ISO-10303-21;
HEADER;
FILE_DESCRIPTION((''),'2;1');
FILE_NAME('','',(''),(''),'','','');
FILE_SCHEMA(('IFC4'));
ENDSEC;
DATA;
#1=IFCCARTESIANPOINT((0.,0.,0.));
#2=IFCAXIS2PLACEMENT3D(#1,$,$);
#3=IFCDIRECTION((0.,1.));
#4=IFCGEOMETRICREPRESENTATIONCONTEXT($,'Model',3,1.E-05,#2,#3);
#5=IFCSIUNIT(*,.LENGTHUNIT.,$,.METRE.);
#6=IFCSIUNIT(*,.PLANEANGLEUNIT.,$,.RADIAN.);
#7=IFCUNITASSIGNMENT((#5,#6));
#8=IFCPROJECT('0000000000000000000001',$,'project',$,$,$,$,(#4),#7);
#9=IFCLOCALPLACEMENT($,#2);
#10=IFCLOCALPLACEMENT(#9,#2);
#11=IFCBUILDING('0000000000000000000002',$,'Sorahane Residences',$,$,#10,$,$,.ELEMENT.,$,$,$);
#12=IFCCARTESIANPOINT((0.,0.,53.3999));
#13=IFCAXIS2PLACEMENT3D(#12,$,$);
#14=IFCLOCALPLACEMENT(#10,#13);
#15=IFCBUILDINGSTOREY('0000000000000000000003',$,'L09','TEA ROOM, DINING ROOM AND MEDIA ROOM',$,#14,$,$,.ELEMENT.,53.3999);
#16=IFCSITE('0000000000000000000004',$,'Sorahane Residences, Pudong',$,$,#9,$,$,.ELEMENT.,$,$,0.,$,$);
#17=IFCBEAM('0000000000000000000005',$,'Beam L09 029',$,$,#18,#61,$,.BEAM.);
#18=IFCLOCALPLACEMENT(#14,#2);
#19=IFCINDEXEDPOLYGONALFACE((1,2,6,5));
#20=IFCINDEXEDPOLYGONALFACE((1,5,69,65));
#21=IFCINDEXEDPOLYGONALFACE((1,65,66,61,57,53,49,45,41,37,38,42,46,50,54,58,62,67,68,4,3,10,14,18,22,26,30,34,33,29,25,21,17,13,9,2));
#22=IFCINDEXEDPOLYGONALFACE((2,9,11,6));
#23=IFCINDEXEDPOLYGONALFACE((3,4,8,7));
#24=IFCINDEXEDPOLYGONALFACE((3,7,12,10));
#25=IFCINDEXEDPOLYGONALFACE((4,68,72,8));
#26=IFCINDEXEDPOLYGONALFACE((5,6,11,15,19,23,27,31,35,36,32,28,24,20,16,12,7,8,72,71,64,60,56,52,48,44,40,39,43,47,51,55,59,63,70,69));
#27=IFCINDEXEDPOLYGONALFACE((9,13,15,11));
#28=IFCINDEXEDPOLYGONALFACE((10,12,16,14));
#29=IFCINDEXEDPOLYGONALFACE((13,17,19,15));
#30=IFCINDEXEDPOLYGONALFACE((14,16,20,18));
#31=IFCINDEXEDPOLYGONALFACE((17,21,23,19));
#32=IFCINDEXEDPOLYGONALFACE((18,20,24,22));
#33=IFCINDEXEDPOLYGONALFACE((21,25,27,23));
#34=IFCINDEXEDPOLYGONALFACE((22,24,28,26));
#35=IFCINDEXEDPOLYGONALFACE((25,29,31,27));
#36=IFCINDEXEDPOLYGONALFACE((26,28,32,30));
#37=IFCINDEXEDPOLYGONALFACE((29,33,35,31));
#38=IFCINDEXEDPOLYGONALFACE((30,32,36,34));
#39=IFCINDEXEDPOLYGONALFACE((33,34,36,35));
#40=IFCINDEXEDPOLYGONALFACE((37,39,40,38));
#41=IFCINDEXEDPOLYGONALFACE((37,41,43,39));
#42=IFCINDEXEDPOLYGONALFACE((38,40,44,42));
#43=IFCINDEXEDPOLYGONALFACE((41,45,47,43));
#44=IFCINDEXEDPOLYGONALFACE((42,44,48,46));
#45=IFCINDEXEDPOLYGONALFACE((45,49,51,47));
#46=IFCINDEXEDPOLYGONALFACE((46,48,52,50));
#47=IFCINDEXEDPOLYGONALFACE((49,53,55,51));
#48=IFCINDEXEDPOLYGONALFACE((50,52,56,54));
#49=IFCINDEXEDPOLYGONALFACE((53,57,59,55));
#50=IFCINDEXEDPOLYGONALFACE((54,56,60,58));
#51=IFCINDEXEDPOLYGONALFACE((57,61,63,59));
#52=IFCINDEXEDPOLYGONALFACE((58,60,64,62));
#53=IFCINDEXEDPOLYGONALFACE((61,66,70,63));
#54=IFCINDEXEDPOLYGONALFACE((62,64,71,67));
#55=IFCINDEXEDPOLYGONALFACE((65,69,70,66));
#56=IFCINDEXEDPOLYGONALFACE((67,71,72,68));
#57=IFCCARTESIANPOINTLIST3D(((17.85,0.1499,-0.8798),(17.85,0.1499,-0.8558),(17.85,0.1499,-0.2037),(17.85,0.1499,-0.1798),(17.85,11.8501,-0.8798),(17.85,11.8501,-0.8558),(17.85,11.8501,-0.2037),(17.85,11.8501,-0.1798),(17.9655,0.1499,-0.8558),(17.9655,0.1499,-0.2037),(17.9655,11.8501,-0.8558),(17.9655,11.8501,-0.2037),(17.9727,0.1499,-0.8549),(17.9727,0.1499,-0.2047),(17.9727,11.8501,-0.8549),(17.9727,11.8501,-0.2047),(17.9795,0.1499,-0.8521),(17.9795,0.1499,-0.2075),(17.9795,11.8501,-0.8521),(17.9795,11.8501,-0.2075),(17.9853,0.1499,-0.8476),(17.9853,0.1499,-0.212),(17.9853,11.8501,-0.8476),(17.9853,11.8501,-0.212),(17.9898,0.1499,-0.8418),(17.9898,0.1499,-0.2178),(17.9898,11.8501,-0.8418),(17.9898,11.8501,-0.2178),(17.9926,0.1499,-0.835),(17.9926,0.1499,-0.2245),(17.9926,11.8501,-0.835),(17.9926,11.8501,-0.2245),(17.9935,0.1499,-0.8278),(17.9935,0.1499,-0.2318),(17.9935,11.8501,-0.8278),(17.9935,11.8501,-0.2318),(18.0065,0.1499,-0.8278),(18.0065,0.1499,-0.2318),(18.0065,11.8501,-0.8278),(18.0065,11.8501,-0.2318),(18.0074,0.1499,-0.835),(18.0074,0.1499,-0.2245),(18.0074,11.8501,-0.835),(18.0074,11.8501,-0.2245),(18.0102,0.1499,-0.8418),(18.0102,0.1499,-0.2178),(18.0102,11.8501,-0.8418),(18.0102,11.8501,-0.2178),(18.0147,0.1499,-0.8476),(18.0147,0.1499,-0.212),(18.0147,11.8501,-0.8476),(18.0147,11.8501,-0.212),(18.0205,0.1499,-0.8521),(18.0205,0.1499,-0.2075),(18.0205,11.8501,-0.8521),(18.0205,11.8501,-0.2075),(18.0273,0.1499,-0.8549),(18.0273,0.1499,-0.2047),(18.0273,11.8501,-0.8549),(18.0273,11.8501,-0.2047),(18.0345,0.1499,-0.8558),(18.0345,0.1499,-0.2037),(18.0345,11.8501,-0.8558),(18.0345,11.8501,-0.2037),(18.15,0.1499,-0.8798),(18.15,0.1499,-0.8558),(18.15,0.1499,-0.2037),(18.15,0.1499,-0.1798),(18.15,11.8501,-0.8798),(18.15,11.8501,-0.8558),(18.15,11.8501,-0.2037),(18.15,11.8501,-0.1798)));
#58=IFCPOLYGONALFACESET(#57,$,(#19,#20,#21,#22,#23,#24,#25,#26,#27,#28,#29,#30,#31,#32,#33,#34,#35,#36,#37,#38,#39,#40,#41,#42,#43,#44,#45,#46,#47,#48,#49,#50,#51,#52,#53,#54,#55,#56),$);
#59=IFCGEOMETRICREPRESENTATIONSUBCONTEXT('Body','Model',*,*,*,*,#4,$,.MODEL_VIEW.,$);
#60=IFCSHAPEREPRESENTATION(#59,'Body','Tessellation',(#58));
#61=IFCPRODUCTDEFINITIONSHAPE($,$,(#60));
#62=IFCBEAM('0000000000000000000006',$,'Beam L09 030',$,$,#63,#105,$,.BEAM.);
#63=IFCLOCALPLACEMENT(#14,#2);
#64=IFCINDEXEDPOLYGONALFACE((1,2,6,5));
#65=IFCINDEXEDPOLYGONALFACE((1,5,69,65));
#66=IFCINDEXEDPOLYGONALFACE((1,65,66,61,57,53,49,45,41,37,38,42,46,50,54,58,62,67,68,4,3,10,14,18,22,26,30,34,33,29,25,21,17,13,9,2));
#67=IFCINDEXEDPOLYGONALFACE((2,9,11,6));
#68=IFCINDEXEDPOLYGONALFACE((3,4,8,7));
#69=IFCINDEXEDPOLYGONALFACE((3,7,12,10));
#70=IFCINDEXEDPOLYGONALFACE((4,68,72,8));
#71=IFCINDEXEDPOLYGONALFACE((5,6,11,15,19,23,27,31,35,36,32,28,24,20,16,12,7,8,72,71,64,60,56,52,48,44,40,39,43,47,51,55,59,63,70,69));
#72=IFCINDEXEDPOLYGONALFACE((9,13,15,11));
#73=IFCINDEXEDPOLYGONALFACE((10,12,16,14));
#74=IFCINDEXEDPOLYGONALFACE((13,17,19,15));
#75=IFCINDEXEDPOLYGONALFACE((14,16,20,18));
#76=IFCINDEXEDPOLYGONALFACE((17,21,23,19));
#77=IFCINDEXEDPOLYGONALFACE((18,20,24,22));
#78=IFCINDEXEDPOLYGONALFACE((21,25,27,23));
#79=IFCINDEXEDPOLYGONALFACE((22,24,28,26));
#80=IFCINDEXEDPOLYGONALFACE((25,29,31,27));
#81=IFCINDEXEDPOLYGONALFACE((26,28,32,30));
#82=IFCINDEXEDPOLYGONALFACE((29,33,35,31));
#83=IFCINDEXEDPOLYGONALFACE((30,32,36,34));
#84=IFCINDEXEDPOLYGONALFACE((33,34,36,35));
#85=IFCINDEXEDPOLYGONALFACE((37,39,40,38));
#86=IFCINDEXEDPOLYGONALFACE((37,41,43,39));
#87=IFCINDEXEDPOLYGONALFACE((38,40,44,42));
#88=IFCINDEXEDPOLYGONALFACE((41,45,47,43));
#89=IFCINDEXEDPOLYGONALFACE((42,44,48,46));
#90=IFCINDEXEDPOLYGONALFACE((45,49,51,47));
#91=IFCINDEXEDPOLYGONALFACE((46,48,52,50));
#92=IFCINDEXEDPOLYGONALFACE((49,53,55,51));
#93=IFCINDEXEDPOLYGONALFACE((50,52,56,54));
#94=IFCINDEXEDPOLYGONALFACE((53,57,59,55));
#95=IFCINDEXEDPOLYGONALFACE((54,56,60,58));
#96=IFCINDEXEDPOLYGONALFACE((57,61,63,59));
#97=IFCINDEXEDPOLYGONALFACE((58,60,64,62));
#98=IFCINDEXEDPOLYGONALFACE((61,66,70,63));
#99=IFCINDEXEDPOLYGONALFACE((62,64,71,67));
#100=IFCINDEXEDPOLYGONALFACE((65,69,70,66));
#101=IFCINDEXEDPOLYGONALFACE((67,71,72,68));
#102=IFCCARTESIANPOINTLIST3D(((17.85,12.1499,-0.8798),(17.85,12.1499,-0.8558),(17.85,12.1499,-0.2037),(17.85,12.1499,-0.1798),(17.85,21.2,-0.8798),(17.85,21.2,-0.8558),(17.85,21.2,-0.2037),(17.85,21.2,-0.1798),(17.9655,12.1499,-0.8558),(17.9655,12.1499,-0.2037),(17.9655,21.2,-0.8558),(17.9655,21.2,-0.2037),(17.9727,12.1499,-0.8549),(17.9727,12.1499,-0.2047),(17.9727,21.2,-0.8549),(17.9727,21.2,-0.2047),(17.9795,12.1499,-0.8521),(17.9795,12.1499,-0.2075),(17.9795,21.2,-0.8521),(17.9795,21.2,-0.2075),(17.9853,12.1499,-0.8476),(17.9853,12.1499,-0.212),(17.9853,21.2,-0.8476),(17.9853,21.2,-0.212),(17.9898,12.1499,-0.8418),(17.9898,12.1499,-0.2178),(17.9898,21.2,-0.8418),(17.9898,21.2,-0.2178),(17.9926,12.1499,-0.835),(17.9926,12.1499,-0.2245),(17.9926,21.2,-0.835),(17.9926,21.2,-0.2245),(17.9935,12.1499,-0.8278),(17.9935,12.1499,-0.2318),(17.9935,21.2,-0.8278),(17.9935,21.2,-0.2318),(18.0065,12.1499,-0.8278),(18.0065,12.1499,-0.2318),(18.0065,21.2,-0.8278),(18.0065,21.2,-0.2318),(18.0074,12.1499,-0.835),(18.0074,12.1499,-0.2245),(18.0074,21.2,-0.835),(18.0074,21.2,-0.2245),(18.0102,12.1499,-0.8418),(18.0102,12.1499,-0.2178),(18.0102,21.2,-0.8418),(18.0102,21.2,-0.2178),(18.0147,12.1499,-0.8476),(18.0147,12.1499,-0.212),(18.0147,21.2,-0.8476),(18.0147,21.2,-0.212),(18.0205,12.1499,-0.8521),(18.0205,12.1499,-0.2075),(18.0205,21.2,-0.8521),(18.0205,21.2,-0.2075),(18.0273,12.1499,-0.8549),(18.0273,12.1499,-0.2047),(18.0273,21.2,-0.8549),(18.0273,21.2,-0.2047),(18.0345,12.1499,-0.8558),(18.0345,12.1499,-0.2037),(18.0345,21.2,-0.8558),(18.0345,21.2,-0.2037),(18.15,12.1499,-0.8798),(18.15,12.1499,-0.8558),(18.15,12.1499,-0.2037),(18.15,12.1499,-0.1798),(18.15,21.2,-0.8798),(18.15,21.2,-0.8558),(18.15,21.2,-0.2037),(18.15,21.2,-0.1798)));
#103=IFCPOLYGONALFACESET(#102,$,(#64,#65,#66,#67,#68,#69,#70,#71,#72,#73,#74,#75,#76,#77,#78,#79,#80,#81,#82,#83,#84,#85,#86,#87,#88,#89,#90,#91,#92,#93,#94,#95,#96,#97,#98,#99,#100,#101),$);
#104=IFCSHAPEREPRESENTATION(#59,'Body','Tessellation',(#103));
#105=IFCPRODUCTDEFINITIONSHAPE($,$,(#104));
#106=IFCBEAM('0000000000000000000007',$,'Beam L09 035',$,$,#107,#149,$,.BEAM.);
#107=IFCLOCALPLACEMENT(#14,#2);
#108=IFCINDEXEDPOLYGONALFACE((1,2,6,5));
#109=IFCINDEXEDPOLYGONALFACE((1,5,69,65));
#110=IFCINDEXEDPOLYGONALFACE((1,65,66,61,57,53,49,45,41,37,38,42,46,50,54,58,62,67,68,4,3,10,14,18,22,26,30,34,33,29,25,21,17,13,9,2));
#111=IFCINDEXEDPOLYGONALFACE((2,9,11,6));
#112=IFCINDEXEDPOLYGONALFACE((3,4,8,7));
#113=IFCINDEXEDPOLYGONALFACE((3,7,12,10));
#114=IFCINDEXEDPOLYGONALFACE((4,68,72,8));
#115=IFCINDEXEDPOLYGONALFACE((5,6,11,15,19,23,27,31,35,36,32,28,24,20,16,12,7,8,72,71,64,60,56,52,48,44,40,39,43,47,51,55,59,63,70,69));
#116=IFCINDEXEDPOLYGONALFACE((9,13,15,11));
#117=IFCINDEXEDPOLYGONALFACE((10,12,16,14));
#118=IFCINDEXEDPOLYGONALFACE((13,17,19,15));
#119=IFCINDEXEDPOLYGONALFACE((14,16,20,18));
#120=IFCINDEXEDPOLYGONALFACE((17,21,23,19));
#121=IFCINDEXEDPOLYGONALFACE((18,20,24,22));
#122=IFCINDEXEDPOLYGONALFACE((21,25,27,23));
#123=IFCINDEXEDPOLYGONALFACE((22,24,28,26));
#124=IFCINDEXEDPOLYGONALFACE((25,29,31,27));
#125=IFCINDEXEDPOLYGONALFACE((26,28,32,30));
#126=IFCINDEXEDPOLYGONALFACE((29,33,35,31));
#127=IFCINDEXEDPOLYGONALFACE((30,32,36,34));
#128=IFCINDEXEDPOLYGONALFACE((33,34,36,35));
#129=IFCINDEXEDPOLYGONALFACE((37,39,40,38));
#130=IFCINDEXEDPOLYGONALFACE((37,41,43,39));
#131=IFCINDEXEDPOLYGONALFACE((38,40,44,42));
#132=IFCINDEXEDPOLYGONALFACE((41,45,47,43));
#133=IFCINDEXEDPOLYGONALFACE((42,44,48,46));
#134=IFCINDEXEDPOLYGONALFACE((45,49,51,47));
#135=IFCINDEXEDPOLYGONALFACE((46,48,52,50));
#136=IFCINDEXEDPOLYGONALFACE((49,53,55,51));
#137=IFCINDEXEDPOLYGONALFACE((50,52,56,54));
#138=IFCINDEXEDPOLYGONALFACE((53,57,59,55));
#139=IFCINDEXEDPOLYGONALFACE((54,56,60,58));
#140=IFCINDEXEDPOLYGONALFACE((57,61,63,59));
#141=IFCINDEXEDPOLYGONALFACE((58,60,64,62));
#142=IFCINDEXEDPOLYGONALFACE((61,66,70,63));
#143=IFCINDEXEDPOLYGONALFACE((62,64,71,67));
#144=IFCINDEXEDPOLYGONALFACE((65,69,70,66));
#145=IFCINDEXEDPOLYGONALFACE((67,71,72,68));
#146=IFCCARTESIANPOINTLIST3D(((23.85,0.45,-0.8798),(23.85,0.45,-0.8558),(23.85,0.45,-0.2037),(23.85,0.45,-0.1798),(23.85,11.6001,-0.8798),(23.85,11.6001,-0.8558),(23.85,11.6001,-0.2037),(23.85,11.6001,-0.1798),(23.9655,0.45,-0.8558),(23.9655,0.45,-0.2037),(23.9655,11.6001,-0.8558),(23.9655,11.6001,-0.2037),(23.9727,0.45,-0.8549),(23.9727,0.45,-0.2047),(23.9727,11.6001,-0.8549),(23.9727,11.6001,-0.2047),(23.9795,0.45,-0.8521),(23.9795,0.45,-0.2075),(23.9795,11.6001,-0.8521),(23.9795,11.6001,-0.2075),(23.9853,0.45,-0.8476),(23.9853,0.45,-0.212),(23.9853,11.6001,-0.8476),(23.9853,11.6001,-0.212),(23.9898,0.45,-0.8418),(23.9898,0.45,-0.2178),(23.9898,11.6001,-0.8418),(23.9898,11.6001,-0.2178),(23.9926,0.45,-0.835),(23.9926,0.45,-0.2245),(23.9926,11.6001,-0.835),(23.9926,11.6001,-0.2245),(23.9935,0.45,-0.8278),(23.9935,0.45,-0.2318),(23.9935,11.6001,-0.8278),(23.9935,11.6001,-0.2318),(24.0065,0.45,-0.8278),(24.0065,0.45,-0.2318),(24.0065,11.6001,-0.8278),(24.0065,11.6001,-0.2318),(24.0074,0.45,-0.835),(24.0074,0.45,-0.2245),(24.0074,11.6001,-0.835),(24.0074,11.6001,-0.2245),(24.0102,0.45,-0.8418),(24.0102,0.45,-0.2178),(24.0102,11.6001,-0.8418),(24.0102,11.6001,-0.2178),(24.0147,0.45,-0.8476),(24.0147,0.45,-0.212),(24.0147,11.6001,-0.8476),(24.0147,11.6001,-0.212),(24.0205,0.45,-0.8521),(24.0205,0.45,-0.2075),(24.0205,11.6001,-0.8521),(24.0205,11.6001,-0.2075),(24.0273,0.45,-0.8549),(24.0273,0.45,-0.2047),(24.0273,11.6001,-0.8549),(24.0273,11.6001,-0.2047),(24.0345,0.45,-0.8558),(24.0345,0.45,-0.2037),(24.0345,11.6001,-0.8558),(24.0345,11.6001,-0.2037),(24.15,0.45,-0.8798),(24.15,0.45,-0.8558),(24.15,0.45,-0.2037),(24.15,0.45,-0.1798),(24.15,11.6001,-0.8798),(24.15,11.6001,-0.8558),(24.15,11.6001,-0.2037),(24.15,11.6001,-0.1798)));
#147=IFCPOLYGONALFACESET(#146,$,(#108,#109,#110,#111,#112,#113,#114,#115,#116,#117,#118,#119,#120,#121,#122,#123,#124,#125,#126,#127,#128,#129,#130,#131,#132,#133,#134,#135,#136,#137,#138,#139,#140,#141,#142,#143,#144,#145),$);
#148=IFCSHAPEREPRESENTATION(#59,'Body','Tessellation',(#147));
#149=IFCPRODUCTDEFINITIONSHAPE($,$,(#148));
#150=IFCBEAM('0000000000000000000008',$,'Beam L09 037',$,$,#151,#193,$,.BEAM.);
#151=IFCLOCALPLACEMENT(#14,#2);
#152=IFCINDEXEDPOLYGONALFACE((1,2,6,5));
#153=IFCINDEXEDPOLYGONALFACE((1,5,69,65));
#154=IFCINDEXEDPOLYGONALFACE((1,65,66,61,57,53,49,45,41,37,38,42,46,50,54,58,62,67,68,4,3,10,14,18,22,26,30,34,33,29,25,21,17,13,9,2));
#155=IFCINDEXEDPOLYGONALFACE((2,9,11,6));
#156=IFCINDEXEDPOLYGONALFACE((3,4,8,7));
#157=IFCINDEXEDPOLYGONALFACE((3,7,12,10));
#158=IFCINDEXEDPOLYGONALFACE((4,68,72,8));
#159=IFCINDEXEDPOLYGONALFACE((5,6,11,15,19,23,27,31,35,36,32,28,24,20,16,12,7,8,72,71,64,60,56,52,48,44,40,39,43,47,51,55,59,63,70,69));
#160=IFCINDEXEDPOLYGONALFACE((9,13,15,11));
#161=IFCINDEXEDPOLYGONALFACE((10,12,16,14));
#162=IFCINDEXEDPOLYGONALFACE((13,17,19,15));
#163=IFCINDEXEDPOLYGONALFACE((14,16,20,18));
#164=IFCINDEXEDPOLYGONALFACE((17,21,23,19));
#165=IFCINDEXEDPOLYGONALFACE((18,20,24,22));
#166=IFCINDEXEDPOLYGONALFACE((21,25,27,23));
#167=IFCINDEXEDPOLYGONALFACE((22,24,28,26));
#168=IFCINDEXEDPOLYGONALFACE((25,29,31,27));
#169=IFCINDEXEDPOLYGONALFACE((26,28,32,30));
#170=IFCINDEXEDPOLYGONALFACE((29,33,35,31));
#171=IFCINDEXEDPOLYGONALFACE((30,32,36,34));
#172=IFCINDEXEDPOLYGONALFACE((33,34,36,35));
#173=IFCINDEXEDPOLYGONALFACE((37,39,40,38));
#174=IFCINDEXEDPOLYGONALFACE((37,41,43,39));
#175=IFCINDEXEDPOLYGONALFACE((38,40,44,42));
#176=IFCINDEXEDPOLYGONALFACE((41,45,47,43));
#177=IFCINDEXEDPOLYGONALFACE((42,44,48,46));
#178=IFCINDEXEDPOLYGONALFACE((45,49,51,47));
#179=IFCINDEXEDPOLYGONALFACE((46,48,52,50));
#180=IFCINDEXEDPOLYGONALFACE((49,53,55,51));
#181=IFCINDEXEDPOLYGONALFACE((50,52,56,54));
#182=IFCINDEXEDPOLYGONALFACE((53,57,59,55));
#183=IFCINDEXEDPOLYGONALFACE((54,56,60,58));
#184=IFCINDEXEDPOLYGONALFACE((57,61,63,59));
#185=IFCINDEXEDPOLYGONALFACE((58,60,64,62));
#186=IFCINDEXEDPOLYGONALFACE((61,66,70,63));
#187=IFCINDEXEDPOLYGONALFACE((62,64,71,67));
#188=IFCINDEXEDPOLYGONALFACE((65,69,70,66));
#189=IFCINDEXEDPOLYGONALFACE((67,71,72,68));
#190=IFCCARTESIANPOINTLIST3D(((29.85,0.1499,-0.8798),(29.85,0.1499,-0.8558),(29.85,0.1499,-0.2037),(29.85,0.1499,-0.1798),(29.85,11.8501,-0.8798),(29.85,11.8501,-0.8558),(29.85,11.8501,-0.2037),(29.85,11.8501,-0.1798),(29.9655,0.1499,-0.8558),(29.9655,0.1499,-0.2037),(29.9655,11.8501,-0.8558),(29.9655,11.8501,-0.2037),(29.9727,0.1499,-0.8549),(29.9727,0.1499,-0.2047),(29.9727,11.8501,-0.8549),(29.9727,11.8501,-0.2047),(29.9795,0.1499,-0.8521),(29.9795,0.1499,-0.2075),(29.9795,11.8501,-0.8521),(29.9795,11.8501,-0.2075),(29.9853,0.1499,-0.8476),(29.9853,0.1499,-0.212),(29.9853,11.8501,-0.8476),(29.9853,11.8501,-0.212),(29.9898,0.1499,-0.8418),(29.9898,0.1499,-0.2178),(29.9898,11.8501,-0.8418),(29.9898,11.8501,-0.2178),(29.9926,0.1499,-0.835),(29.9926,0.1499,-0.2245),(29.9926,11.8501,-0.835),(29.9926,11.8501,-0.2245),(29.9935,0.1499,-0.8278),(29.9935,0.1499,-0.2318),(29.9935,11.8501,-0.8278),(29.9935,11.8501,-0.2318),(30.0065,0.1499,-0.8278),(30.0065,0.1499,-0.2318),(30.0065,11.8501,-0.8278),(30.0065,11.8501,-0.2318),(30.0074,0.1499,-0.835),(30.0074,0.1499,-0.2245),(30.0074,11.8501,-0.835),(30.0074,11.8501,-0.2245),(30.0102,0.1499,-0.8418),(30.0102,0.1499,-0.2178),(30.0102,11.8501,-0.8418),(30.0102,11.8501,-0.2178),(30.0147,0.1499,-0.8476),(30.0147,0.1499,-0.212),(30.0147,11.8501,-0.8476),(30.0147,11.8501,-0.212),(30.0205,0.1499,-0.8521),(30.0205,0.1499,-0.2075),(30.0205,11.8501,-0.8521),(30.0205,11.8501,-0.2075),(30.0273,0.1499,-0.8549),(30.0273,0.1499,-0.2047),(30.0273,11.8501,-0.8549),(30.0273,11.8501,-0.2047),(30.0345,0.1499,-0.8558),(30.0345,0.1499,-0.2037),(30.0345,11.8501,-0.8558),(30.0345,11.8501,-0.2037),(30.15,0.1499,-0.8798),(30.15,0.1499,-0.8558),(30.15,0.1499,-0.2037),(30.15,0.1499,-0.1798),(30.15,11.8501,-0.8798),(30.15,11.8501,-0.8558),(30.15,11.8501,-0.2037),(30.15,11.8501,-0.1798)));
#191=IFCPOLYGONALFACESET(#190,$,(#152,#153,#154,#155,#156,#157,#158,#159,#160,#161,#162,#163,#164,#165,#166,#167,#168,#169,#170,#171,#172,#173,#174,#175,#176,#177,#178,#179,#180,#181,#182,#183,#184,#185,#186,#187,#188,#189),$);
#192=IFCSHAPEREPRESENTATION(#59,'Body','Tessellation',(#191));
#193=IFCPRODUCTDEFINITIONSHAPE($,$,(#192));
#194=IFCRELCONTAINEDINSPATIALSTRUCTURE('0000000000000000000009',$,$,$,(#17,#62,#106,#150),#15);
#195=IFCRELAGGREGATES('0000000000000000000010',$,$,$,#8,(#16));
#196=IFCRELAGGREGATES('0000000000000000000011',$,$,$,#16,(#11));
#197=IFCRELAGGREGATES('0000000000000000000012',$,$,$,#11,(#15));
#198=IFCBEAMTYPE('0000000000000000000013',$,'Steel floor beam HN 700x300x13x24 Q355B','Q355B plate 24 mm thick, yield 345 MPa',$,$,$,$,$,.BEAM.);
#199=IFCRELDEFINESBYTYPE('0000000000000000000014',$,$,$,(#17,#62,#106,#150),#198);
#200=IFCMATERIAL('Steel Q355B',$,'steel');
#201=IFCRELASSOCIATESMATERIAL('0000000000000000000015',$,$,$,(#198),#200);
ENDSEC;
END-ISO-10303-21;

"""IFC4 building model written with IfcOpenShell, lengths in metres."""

from ifc_helpers import new_model, si_unit, direction, frame, origin, origin_2d, place, context, subcontext, project, spatial, i_section, extrude, material, material_profile, profile_set, type_object, element, save


model = new_model("IFC4")

# Units and contexts
model_context = context("Model", 3, precision=1e-05, world=origin(), true_north=direction((0.0, 1.0)))
body_context = subcontext(model_context, "Body", "Model", "MODEL_VIEW")
ifc_project = project(units=[si_unit("LENGTHUNIT", "METRE"), si_unit("PLANEANGLEUNIT", "RADIAN")], contexts=[model_context])

# Site, building, storey
site_placement = place(None, origin())
site = spatial("IfcSite", under=ifc_project, at=site_placement, Name="Sorahane Residences, Pudong", CompositionType="ELEMENT", RefElevation=0.0)
building_placement = place(site_placement, origin())
building = spatial("IfcBuilding", under=site, at=building_placement, Name="Sorahane Residences", CompositionType="ELEMENT")
storey_placement = place(building_placement, frame((0.0, 0.0, 53.3999)))
storey = spatial("IfcBuildingStorey", under=building, at=storey_placement, Name="L09", Description="TEA ROOM, DINING ROOM AND MEDIA ROOM", CompositionType="ELEMENT", Elevation=53.3999)

# Beams
ifc_material_1 = material(Name="Steel Q355B", Category="steel")
ifc_material_profile_1 = material_profile(ifc_material_1, i_section(OverallWidth=0.3, OverallDepth=0.7, WebThickness=0.0129, FlangeThickness=0.0239, FilletRadius=0.0281, at=origin_2d()), Name="HN 700x300x13x24")
ifc_profile_set_1 = profile_set([ifc_material_profile_1], Name="Steel Q355B")
beam_type_1 = type_object("IfcBeamType", Name="Steel floor beam HN 700x300x13x24 Q355B", Description="Q355B plate 24 mm thick, yield 345 MPa", PredefinedType="BEAM", material=ifc_profile_set_1)
beam_1_placement = place(storey_placement, frame((18.0, 0.1499, -0.5298), z_axis=(0.0, 1.0, 0.0), x_axis=(-1.0, 0.0, 0.0)))
element("IfcBeam", 1, at=beam_1_placement, inside=storey, type_object=beam_type_1, Name="Beam L09 029", PredefinedType="BEAM", context=body_context, shape_type="SweptSolid", body=[
    extrude(i_section(OverallWidth=0.3, OverallDepth=0.7, WebThickness=0.0129, FlangeThickness=0.0239, FilletRadius=0.0281, at=origin_2d()), origin(), (0.0, 0.0, 1.0), 11.7002),
])
beam_2_placement = place(storey_placement, frame((18.0, 12.1499, -0.5298), z_axis=(0.0, 1.0, 0.0), x_axis=(-1.0, 0.0, 0.0)))
element("IfcBeam", 2, at=beam_2_placement, inside=storey, type_object=beam_type_1, Name="Beam L09 030", PredefinedType="BEAM", context=body_context, shape_type="SweptSolid", body=[
    extrude(i_section(OverallWidth=0.3, OverallDepth=0.7, WebThickness=0.0129, FlangeThickness=0.0239, FilletRadius=0.0281, at=origin_2d()), origin(), (0.0, 0.0, 1.0), 9.05),
])
beam_3_placement = place(storey_placement, frame((24.0, 0.45, -0.5298), z_axis=(0.0, 1.0, 0.0), x_axis=(-1.0, 0.0, 0.0)))
element("IfcBeam", 3, at=beam_3_placement, inside=storey, type_object=beam_type_1, Name="Beam L09 035", PredefinedType="BEAM", context=body_context, shape_type="SweptSolid", body=[
    extrude(i_section(OverallWidth=0.3, OverallDepth=0.7, WebThickness=0.0129, FlangeThickness=0.0239, FilletRadius=0.0281, at=origin_2d()), origin(), (0.0, 0.0, 1.0), 11.1501),
])
beam_4_placement = place(storey_placement, frame((30.0, 0.1499, -0.5298), z_axis=(0.0, 1.0, 0.0), x_axis=(-1.0, 0.0, 0.0)))
element("IfcBeam", 4, at=beam_4_placement, inside=storey, type_object=beam_type_1, Name="Beam L09 037", PredefinedType="BEAM", context=body_context, shape_type="SweptSolid", body=[
    extrude(i_section(OverallWidth=0.3, OverallDepth=0.7, WebThickness=0.0129, FlangeThickness=0.0239, FilletRadius=0.0281, at=origin_2d()), origin(), (0.0, 0.0, 1.0), 11.7002),
])

save(model, "model.ifc")
